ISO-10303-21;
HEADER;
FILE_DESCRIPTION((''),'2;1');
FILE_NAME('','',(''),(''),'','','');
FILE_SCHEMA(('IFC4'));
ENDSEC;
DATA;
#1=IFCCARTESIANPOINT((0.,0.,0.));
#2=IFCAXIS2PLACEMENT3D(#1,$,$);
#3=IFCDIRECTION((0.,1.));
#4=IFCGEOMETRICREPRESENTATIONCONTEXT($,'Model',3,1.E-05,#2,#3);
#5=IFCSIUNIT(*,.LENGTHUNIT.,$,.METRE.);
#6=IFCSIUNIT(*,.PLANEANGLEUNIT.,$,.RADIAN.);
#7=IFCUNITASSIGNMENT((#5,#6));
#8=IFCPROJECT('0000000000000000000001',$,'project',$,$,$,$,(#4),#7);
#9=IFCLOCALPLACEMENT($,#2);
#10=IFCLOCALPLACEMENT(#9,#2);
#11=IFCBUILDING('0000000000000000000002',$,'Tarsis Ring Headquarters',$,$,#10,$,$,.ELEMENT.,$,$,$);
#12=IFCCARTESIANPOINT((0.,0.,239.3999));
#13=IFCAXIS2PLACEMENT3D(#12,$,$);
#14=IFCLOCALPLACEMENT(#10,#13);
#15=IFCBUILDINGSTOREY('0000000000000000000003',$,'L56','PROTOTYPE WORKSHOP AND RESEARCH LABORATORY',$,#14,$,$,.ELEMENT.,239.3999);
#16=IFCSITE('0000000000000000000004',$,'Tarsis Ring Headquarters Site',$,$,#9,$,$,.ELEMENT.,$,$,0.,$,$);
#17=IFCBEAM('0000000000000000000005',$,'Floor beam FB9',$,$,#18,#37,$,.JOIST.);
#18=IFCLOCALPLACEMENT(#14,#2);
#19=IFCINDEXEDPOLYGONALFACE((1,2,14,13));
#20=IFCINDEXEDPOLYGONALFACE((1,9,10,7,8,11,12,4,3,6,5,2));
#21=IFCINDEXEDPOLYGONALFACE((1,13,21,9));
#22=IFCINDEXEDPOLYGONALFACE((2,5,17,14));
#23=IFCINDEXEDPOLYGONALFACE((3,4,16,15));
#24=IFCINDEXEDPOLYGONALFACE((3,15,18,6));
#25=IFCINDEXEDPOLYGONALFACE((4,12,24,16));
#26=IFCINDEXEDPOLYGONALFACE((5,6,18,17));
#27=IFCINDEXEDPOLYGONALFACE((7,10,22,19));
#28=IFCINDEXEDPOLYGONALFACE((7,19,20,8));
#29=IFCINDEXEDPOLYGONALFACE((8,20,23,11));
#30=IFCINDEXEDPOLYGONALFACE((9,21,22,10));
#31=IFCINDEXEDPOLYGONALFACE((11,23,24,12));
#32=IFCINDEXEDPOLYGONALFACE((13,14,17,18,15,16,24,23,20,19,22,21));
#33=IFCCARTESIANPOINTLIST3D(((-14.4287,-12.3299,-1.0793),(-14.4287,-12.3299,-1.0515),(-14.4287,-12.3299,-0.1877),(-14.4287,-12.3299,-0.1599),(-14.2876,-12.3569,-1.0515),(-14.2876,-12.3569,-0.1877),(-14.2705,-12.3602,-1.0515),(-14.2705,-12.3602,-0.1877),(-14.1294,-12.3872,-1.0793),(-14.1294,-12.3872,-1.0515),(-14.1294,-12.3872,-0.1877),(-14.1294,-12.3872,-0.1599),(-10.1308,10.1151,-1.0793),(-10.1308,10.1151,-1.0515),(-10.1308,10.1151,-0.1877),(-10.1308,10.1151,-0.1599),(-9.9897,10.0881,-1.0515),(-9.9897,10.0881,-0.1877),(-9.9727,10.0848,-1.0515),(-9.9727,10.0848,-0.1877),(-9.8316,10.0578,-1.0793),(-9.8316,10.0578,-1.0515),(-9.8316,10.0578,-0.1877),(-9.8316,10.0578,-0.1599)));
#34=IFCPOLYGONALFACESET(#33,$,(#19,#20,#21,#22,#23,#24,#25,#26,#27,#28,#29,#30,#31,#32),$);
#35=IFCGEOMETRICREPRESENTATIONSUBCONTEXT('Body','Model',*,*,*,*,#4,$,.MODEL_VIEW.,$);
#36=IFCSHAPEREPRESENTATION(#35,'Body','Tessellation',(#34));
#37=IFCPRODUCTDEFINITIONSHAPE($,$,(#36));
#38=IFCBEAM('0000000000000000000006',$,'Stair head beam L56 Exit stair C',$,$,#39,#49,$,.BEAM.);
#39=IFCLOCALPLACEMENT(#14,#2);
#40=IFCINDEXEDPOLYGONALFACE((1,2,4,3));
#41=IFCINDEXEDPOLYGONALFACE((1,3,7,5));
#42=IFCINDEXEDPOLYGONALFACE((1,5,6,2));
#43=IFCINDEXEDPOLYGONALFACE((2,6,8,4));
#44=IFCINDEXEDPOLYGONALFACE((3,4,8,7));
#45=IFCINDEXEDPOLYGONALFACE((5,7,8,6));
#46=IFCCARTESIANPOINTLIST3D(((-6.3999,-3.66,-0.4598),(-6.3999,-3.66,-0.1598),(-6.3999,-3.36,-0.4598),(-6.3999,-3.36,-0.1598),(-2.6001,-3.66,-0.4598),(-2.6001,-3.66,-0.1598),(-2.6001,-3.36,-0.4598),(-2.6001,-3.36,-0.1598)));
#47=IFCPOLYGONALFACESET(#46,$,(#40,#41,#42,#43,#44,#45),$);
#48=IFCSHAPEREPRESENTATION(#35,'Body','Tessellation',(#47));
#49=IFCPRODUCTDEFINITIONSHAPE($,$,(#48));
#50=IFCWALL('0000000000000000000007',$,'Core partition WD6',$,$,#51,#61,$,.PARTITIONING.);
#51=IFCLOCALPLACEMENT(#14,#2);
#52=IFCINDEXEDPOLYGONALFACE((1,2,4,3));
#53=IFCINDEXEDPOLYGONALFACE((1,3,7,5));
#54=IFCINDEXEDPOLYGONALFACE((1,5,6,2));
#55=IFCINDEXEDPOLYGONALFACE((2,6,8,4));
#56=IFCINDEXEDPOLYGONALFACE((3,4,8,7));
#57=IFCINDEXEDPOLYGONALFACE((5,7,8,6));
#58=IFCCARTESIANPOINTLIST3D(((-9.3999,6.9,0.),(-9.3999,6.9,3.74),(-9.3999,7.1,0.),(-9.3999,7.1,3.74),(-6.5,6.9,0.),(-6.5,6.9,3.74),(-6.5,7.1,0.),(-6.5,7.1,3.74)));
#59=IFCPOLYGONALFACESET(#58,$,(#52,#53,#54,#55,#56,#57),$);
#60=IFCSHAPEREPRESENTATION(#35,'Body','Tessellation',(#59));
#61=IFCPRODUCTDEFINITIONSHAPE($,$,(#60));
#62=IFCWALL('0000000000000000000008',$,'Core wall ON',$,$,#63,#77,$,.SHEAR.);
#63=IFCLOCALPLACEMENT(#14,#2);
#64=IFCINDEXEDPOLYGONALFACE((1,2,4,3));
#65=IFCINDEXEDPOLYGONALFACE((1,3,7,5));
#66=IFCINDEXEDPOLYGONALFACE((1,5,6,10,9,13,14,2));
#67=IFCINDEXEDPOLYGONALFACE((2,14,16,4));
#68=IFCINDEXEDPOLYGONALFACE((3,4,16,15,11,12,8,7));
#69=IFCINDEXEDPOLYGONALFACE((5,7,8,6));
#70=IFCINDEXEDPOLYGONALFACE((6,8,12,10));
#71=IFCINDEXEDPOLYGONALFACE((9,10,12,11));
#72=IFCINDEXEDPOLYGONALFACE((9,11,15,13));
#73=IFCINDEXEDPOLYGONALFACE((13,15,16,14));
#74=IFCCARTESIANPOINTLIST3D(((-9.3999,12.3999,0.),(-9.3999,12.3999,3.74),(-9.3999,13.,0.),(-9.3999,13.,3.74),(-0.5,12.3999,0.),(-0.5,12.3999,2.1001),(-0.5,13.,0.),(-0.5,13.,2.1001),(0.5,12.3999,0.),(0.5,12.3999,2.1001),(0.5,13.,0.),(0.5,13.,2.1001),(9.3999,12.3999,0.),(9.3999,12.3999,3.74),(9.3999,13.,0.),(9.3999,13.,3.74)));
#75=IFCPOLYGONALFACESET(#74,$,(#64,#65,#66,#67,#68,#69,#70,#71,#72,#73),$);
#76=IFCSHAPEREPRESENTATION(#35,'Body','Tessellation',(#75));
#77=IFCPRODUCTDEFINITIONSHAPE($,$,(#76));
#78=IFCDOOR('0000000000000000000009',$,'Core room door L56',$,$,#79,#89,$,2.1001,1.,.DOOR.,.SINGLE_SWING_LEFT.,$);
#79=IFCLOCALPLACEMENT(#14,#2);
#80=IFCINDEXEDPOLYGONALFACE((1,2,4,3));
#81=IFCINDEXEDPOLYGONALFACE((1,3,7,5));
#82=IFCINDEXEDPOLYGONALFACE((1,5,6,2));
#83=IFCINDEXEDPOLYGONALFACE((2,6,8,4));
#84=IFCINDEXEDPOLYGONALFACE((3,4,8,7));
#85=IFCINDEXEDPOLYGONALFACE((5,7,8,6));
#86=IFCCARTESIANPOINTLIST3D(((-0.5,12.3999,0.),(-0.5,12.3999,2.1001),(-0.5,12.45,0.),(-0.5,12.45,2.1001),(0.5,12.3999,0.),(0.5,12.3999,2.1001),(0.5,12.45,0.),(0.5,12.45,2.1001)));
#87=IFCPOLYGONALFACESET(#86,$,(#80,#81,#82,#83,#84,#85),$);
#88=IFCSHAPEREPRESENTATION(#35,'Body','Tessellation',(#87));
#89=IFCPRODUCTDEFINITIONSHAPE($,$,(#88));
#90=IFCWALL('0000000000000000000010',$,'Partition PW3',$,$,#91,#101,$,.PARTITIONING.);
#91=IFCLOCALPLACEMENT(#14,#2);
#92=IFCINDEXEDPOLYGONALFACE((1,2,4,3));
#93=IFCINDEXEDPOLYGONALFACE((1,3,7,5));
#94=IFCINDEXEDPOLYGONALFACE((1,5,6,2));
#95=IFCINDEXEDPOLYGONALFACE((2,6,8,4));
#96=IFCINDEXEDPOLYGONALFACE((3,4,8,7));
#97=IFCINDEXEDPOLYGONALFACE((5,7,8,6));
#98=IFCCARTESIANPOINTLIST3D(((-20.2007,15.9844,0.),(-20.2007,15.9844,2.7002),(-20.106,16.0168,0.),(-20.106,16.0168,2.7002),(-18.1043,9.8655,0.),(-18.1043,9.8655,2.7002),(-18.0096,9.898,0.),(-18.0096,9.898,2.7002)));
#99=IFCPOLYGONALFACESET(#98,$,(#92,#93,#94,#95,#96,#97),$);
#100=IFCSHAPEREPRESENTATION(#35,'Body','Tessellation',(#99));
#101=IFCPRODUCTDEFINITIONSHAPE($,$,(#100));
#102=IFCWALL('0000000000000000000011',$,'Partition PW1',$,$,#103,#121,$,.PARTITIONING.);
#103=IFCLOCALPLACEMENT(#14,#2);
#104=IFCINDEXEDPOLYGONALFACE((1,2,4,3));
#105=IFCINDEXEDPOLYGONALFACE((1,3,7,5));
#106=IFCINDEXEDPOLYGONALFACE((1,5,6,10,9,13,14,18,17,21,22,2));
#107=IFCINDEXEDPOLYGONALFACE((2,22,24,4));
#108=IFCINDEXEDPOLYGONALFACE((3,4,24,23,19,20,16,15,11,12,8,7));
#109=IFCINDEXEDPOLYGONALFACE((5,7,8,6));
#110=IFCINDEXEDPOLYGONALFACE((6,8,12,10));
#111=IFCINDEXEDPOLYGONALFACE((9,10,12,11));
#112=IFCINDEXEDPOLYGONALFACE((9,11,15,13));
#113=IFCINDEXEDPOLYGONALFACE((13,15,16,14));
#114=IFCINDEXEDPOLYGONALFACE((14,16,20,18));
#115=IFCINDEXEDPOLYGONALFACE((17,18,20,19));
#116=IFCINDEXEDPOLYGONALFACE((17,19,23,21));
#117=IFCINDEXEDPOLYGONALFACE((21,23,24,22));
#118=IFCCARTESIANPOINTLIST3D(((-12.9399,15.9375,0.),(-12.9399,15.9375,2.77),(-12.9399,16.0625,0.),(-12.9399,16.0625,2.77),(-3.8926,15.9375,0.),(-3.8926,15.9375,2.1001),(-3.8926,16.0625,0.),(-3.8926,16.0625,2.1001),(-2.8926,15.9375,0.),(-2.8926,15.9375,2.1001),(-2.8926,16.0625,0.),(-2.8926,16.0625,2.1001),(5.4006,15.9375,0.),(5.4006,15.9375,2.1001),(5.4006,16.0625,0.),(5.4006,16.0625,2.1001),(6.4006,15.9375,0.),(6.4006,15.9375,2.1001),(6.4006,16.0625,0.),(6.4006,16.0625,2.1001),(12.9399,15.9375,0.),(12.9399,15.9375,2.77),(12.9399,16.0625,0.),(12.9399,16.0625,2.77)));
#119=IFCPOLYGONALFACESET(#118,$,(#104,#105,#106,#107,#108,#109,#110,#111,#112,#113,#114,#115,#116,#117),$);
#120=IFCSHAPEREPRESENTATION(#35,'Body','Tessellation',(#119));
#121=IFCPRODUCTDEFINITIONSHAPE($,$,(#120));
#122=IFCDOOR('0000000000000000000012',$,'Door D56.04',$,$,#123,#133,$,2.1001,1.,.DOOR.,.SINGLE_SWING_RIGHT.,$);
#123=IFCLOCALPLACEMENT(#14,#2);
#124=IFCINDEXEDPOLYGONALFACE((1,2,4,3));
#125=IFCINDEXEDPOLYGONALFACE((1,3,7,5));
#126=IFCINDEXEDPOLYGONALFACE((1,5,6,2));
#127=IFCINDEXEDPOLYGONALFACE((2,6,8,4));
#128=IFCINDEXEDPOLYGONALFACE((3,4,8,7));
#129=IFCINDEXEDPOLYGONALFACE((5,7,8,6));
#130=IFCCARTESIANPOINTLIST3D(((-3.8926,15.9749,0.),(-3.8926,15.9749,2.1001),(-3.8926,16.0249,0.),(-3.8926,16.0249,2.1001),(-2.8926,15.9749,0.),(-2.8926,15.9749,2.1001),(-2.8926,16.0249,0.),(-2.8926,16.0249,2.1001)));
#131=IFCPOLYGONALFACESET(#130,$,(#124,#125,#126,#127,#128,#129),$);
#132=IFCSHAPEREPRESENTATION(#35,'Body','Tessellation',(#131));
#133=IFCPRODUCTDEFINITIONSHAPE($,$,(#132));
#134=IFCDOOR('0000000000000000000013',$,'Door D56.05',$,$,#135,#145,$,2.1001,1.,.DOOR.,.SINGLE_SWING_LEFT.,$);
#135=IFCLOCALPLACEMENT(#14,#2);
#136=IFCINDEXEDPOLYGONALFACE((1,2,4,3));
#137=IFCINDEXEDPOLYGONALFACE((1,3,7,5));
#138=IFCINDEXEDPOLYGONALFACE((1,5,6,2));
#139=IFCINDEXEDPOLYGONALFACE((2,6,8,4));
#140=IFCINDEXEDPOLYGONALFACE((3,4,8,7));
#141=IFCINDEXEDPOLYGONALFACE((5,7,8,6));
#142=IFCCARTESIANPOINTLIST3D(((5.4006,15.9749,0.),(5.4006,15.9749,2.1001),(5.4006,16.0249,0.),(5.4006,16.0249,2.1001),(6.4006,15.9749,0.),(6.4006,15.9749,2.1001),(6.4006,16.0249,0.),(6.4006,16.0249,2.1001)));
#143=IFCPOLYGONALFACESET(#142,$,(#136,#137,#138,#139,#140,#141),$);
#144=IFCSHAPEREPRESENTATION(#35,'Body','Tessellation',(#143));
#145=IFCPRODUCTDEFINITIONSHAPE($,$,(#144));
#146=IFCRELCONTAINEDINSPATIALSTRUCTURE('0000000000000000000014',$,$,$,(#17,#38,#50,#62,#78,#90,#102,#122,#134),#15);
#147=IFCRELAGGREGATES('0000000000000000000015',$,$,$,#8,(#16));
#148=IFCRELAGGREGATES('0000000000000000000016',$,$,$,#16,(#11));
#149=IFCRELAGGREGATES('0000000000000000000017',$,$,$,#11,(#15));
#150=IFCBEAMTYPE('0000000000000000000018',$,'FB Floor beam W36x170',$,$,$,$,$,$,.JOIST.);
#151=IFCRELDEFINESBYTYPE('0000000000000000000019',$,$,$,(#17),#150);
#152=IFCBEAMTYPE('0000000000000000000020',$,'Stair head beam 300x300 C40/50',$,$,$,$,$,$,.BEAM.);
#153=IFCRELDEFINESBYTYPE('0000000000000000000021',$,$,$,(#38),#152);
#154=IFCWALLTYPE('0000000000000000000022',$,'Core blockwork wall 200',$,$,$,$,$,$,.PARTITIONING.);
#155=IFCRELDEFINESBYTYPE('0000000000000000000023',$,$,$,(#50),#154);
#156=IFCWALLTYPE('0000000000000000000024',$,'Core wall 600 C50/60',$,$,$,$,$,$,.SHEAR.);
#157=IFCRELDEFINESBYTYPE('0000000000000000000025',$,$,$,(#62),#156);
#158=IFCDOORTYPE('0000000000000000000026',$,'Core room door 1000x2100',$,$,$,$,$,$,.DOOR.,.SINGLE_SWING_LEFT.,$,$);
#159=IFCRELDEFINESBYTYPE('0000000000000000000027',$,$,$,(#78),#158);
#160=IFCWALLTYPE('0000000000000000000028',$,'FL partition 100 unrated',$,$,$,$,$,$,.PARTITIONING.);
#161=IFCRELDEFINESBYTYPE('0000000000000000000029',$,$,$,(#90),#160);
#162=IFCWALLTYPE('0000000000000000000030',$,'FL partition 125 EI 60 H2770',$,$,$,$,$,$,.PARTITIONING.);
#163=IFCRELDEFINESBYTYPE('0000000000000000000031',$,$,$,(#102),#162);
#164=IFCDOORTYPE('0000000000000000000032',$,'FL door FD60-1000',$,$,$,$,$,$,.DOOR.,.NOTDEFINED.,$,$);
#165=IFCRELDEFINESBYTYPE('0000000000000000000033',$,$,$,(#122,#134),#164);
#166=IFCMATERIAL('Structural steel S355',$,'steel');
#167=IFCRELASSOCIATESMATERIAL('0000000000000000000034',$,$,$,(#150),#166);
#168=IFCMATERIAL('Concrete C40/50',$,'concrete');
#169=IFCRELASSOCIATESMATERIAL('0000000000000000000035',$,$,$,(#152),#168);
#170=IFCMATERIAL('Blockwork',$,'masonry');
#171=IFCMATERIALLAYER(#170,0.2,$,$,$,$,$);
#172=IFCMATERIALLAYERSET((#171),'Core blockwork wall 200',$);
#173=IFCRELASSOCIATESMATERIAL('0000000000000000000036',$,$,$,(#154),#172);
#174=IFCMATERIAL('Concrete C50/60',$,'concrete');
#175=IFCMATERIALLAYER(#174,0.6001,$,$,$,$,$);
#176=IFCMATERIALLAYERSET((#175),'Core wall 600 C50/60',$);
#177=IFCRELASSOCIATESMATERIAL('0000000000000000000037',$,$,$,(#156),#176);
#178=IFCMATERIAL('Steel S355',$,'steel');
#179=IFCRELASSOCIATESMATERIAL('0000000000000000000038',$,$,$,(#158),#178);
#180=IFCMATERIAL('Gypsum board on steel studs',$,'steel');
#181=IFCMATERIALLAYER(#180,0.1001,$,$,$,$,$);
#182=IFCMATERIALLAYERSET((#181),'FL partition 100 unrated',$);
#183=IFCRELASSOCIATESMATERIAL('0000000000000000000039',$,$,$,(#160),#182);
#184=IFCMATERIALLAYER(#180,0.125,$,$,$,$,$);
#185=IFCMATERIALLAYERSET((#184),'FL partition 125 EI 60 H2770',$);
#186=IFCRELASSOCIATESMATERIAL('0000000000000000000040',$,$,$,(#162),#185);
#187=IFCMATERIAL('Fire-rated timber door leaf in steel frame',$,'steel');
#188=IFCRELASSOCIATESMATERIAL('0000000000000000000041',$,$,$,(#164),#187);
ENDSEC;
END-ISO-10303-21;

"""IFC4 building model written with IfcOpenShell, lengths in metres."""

from ifc_helpers import new_model, si_unit, direction, frame, frame_2d, origin, origin_2d, place, context, subcontext, project, spatial, rectangle, i_section, extrude, material, layer, layer_set, material_profile, profile_set, type_object, element, fill, save


model = new_model("IFC4")

# Units and contexts
model_context = context("Model", 3, precision=1e-05, world=origin(), true_north=direction((0.0, 1.0)))
body_context = subcontext(model_context, "Body", "Model", "MODEL_VIEW")
ifc_project = project(units=[si_unit("LENGTHUNIT", "METRE"), si_unit("PLANEANGLEUNIT", "RADIAN")], contexts=[model_context])

# Site, building, storey
site_placement = place(None, origin())
site = spatial("IfcSite", under=ifc_project, at=site_placement, Name="Tarsis Ring Headquarters Site", CompositionType="ELEMENT", RefElevation=0.0)
building_placement = place(site_placement, origin())
building = spatial("IfcBuilding", under=site, at=building_placement, Name="Tarsis Ring Headquarters", CompositionType="ELEMENT")
storey_placement = place(building_placement, frame((0.0, 0.0, 239.3999)))
storey = spatial("IfcBuildingStorey", under=building, at=storey_placement, Name="L56", Description="PROTOTYPE WORKSHOP AND RESEARCH LABORATORY", CompositionType="ELEMENT", Elevation=239.3999)

# Beams
ifc_material_1 = material(Name="Structural steel S355", Category="steel")
ifc_material_profile_1 = material_profile(ifc_material_1, i_section(OverallWidth=0.3047, OverallDepth=0.9194, WebThickness=0.0173, FlangeThickness=0.0278, at=origin_2d()), Name="W36x170")
ifc_profile_set_1 = profile_set([ifc_material_profile_1], Name="Structural steel S355")
beam_type_1 = type_object("IfcBeamType", Name="FB Floor beam W36x170", PredefinedType="JOIST", material=ifc_profile_set_1)
beam_1_placement = place(storey_placement, frame((-9.9812, 10.0864, -0.6196), z_axis=(-0.188066, -0.982156, 0.0), x_axis=(0.982156, -0.188066, 0.0)))
element("IfcBeam", 1, at=beam_1_placement, inside=storey, type_object=beam_type_1, Name="Floor beam FB9", PredefinedType="JOIST", context=body_context, shape_type="SweptSolid", body=[
    extrude(i_section(OverallWidth=0.3047, OverallDepth=0.9194, WebThickness=0.0173, FlangeThickness=0.0278, at=origin_2d()), origin(), (0.0, 0.0, 1.0), 22.8528),
])
ifc_material_2 = material(Name="Concrete C40/50", Category="concrete")
ifc_material_profile_2 = material_profile(ifc_material_2, rectangle(XDim=0.3, YDim=0.3, at=origin_2d()), Name="Stair head beam 300x300 C40/50")
ifc_profile_set_2 = profile_set([ifc_material_profile_2], Name="Concrete C40/50")
beam_type_2 = type_object("IfcBeamType", Name="Stair head beam 300x300 C40/50", PredefinedType="BEAM", material=ifc_profile_set_2)
beam_2_placement = place(storey_placement, frame((-6.3999, -3.51, -0.3098), z_axis=(1.0, 0.0, 0.0), x_axis=(0.0, 1.0, 0.0)))
element("IfcBeam", 2, at=beam_2_placement, inside=storey, type_object=beam_type_2, Name="Stair head beam L56 Exit stair C", PredefinedType="BEAM", context=body_context, shape_type="SweptSolid", body=[
    extrude(rectangle(XDim=0.3, YDim=0.3, at=origin_2d()), origin(), (0.0, 0.0, 1.0), 3.7998),
])

# Wall
ifc_material_3 = material(Name="Blockwork", Category="masonry")
ifc_layer_1 = layer(ifc_material_3, 0.2)
ifc_layer_set_1 = layer_set([ifc_layer_1], Name="Core blockwork wall 200")
wall_type_1 = type_object("IfcWallType", Name="Core blockwork wall 200", PredefinedType="PARTITIONING", material=ifc_layer_set_1)
wall_1_placement = place(storey_placement, frame((-9.3999, 7.0, 0.0), z_axis=(0.0, 0.0, 1.0), x_axis=(1.0, 0.0, 0.0)))
element("IfcWall", 3, at=wall_1_placement, inside=storey, type_object=wall_type_1, Name="Core partition WD6", PredefinedType="PARTITIONING", context=body_context, shape_type="SweptSolid", body=[
    extrude(rectangle(XDim=2.8999, YDim=0.2, at=frame_2d((1.45, 0.0))), origin(), (0.0, 0.0, 1.0), 3.74),
])

# Wall, opening, door
ifc_material_4 = material(Name="Concrete C50/60", Category="concrete")
ifc_layer_2 = layer(ifc_material_4, 0.6001)
ifc_layer_set_2 = layer_set([ifc_layer_2], Name="Core wall 600 C50/60")
wall_type_2 = type_object("IfcWallType", Name="Core wall 600 C50/60", PredefinedType="SHEAR", material=ifc_layer_set_2)
wall_2_placement = place(storey_placement, frame((-9.3999, 12.7, 0.0), z_axis=(0.0, 0.0, 1.0), x_axis=(1.0, 0.0, 0.0)))
wall_2 = element("IfcWall", 4, at=wall_2_placement, inside=storey, type_object=wall_type_2, Name="Core wall ON", PredefinedType="SHEAR", context=body_context, shape_type="SweptSolid", body=[
    extrude(rectangle(XDim=18.7998, YDim=0.6001, at=frame_2d((9.3999, 0.0))), origin(), (0.0, 0.0, 1.0), 3.74),
])
opening_1_placement = place(wall_2_placement, frame((8.8999, 0.0, 0.0)))
opening_1 = element("IfcOpeningElement", 5, at=opening_1_placement, cuts=wall_2, PredefinedType="OPENING", context=body_context, shape_type="SweptSolid", body=[
    extrude(rectangle(XDim=1.0, YDim=2.1001, at=frame_2d((0.5, 1.05))), frame((0.0, 0.3101, 0.0), z_axis=(0.0, -1.0, 0.0), x_axis=(1.0, 0.0, 0.0)), (0.0, 0.0, 1.0), 0.6201),
])
ifc_material_5 = material(Name="Steel S355", Category="steel")
door_type_1 = type_object("IfcDoorType", Name="Core room door 1000x2100", OperationType="SINGLE_SWING_LEFT", PredefinedType="DOOR", material=ifc_material_5)
door_1_placement = place(opening_1_placement, origin())
door_1 = element("IfcDoor", 6, at=door_1_placement, inside=storey, type_object=door_type_1, Name="Core room door L56", OperationType="SINGLE_SWING_LEFT", OverallHeight=2.1001, OverallWidth=1.0, PredefinedType="DOOR", context=body_context, shape_type="SweptSolid", body=[
    extrude(rectangle(XDim=1.0, YDim=2.1001, at=frame_2d((0.5, 1.05))), frame((0.0, -0.25, 0.0), z_axis=(0.0, -1.0, 0.0), x_axis=(1.0, 0.0, 0.0)), (0.0, 0.0, 1.0), 0.05),
])
fill(opening_1, door_1)

# Wall
ifc_material_6 = material(Name="Gypsum board on steel studs", Category="steel")
ifc_layer_3 = layer(ifc_material_6, 0.1001)
ifc_layer_set_3 = layer_set([ifc_layer_3], Name="FL partition 100 unrated")
wall_type_3 = type_object("IfcWallType", Name="FL partition 100 unrated", PredefinedType="PARTITIONING", material=ifc_layer_set_3)
wall_3_placement = place(storey_placement, frame((-20.1533, 16.0005, 0.0), z_axis=(0.0, 0.0, 1.0), x_axis=(0.324121, -0.946016, 0.0)))
element("IfcWall", 7, at=wall_3_placement, inside=storey, type_object=wall_type_3, Name="Partition PW3", PredefinedType="PARTITIONING", context=body_context, shape_type="SweptSolid", body=[
    extrude(rectangle(XDim=6.468, YDim=0.1001, at=frame_2d((3.2339, 0.0))), origin(), (0.0, 0.0, 1.0), 2.7002),
])

# Wall, openings, doors
ifc_layer_4 = layer(ifc_material_6, 0.125)
ifc_layer_set_4 = layer_set([ifc_layer_4], Name="FL partition 125 EI 60 H2770")
wall_type_4 = type_object("IfcWallType", Name="FL partition 125 EI 60 H2770", PredefinedType="PARTITIONING", material=ifc_layer_set_4)
wall_4_placement = place(storey_placement, frame((-12.9399, 16.0, 0.0), z_axis=(0.0, 0.0, 1.0), x_axis=(1.0, 0.0, 0.0)))
wall_4 = element("IfcWall", 8, at=wall_4_placement, inside=storey, type_object=wall_type_4, Name="Partition PW1", PredefinedType="PARTITIONING", context=body_context, shape_type="SweptSolid", body=[
    extrude(rectangle(XDim=25.8799, YDim=0.125, at=frame_2d((12.9399, 0.0))), origin(), (0.0, 0.0, 1.0), 2.77),
])
opening_2_placement = place(wall_4_placement, frame((9.0474, 0.0, 0.0)))
opening_2 = element("IfcOpeningElement", 9, at=opening_2_placement, cuts=wall_4, PredefinedType="OPENING", context=body_context, shape_type="SweptSolid", body=[
    extrude(rectangle(XDim=1.0, YDim=2.1001, at=frame_2d((0.5, 1.05))), frame((0.0, 0.0725, 0.0), z_axis=(0.0, -1.0, 0.0), x_axis=(1.0, 0.0, 0.0)), (0.0, 0.0, 1.0), 0.145),
])
opening_3_placement = place(wall_4_placement, frame((18.3406, 0.0, 0.0)))
opening_3 = element("IfcOpeningElement", 10, at=opening_3_placement, cuts=wall_4, PredefinedType="OPENING", context=body_context, shape_type="SweptSolid", body=[
    extrude(rectangle(XDim=1.0, YDim=2.1001, at=frame_2d((0.5, 1.05))), frame((0.0, 0.0725, 0.0), z_axis=(0.0, -1.0, 0.0), x_axis=(1.0, 0.0, 0.0)), (0.0, 0.0, 1.0), 0.145),
])
ifc_material_7 = material(Name="Fire-rated timber door leaf in steel frame", Category="steel")
door_type_2 = type_object("IfcDoorType", Name="FL door FD60-1000", OperationType="NOTDEFINED", PredefinedType="DOOR", material=ifc_material_7)
door_2_placement = place(opening_2_placement, origin())
door_2 = element("IfcDoor", 11, at=door_2_placement, inside=storey, type_object=door_type_2, Name="Door D56.04", OperationType="SINGLE_SWING_RIGHT", OverallHeight=2.1001, OverallWidth=1.0, PredefinedType="DOOR", context=body_context, shape_type="SweptSolid", body=[
    extrude(rectangle(XDim=1.0, YDim=2.1001, at=frame_2d((0.5, 1.05))), frame((0.0, 0.0249, 0.0), z_axis=(0.0, -1.0, 0.0), x_axis=(1.0, 0.0, 0.0)), (0.0, 0.0, 1.0), 0.05),
])
fill(opening_2, door_2)
door_3_placement = place(opening_3_placement, origin())
door_3 = element("IfcDoor", 12, at=door_3_placement, inside=storey, type_object=door_type_2, Name="Door D56.05", OperationType="SINGLE_SWING_LEFT", OverallHeight=2.1001, OverallWidth=1.0, PredefinedType="DOOR", context=body_context, shape_type="SweptSolid", body=[
    extrude(rectangle(XDim=1.0, YDim=2.1001, at=frame_2d((0.5, 1.05))), frame((0.0, 0.0249, 0.0), z_axis=(0.0, -1.0, 0.0), x_axis=(1.0, 0.0, 0.0)), (0.0, 0.0, 1.0), 0.05),
])
fill(opening_3, door_3)

save(model, "model.ifc")
